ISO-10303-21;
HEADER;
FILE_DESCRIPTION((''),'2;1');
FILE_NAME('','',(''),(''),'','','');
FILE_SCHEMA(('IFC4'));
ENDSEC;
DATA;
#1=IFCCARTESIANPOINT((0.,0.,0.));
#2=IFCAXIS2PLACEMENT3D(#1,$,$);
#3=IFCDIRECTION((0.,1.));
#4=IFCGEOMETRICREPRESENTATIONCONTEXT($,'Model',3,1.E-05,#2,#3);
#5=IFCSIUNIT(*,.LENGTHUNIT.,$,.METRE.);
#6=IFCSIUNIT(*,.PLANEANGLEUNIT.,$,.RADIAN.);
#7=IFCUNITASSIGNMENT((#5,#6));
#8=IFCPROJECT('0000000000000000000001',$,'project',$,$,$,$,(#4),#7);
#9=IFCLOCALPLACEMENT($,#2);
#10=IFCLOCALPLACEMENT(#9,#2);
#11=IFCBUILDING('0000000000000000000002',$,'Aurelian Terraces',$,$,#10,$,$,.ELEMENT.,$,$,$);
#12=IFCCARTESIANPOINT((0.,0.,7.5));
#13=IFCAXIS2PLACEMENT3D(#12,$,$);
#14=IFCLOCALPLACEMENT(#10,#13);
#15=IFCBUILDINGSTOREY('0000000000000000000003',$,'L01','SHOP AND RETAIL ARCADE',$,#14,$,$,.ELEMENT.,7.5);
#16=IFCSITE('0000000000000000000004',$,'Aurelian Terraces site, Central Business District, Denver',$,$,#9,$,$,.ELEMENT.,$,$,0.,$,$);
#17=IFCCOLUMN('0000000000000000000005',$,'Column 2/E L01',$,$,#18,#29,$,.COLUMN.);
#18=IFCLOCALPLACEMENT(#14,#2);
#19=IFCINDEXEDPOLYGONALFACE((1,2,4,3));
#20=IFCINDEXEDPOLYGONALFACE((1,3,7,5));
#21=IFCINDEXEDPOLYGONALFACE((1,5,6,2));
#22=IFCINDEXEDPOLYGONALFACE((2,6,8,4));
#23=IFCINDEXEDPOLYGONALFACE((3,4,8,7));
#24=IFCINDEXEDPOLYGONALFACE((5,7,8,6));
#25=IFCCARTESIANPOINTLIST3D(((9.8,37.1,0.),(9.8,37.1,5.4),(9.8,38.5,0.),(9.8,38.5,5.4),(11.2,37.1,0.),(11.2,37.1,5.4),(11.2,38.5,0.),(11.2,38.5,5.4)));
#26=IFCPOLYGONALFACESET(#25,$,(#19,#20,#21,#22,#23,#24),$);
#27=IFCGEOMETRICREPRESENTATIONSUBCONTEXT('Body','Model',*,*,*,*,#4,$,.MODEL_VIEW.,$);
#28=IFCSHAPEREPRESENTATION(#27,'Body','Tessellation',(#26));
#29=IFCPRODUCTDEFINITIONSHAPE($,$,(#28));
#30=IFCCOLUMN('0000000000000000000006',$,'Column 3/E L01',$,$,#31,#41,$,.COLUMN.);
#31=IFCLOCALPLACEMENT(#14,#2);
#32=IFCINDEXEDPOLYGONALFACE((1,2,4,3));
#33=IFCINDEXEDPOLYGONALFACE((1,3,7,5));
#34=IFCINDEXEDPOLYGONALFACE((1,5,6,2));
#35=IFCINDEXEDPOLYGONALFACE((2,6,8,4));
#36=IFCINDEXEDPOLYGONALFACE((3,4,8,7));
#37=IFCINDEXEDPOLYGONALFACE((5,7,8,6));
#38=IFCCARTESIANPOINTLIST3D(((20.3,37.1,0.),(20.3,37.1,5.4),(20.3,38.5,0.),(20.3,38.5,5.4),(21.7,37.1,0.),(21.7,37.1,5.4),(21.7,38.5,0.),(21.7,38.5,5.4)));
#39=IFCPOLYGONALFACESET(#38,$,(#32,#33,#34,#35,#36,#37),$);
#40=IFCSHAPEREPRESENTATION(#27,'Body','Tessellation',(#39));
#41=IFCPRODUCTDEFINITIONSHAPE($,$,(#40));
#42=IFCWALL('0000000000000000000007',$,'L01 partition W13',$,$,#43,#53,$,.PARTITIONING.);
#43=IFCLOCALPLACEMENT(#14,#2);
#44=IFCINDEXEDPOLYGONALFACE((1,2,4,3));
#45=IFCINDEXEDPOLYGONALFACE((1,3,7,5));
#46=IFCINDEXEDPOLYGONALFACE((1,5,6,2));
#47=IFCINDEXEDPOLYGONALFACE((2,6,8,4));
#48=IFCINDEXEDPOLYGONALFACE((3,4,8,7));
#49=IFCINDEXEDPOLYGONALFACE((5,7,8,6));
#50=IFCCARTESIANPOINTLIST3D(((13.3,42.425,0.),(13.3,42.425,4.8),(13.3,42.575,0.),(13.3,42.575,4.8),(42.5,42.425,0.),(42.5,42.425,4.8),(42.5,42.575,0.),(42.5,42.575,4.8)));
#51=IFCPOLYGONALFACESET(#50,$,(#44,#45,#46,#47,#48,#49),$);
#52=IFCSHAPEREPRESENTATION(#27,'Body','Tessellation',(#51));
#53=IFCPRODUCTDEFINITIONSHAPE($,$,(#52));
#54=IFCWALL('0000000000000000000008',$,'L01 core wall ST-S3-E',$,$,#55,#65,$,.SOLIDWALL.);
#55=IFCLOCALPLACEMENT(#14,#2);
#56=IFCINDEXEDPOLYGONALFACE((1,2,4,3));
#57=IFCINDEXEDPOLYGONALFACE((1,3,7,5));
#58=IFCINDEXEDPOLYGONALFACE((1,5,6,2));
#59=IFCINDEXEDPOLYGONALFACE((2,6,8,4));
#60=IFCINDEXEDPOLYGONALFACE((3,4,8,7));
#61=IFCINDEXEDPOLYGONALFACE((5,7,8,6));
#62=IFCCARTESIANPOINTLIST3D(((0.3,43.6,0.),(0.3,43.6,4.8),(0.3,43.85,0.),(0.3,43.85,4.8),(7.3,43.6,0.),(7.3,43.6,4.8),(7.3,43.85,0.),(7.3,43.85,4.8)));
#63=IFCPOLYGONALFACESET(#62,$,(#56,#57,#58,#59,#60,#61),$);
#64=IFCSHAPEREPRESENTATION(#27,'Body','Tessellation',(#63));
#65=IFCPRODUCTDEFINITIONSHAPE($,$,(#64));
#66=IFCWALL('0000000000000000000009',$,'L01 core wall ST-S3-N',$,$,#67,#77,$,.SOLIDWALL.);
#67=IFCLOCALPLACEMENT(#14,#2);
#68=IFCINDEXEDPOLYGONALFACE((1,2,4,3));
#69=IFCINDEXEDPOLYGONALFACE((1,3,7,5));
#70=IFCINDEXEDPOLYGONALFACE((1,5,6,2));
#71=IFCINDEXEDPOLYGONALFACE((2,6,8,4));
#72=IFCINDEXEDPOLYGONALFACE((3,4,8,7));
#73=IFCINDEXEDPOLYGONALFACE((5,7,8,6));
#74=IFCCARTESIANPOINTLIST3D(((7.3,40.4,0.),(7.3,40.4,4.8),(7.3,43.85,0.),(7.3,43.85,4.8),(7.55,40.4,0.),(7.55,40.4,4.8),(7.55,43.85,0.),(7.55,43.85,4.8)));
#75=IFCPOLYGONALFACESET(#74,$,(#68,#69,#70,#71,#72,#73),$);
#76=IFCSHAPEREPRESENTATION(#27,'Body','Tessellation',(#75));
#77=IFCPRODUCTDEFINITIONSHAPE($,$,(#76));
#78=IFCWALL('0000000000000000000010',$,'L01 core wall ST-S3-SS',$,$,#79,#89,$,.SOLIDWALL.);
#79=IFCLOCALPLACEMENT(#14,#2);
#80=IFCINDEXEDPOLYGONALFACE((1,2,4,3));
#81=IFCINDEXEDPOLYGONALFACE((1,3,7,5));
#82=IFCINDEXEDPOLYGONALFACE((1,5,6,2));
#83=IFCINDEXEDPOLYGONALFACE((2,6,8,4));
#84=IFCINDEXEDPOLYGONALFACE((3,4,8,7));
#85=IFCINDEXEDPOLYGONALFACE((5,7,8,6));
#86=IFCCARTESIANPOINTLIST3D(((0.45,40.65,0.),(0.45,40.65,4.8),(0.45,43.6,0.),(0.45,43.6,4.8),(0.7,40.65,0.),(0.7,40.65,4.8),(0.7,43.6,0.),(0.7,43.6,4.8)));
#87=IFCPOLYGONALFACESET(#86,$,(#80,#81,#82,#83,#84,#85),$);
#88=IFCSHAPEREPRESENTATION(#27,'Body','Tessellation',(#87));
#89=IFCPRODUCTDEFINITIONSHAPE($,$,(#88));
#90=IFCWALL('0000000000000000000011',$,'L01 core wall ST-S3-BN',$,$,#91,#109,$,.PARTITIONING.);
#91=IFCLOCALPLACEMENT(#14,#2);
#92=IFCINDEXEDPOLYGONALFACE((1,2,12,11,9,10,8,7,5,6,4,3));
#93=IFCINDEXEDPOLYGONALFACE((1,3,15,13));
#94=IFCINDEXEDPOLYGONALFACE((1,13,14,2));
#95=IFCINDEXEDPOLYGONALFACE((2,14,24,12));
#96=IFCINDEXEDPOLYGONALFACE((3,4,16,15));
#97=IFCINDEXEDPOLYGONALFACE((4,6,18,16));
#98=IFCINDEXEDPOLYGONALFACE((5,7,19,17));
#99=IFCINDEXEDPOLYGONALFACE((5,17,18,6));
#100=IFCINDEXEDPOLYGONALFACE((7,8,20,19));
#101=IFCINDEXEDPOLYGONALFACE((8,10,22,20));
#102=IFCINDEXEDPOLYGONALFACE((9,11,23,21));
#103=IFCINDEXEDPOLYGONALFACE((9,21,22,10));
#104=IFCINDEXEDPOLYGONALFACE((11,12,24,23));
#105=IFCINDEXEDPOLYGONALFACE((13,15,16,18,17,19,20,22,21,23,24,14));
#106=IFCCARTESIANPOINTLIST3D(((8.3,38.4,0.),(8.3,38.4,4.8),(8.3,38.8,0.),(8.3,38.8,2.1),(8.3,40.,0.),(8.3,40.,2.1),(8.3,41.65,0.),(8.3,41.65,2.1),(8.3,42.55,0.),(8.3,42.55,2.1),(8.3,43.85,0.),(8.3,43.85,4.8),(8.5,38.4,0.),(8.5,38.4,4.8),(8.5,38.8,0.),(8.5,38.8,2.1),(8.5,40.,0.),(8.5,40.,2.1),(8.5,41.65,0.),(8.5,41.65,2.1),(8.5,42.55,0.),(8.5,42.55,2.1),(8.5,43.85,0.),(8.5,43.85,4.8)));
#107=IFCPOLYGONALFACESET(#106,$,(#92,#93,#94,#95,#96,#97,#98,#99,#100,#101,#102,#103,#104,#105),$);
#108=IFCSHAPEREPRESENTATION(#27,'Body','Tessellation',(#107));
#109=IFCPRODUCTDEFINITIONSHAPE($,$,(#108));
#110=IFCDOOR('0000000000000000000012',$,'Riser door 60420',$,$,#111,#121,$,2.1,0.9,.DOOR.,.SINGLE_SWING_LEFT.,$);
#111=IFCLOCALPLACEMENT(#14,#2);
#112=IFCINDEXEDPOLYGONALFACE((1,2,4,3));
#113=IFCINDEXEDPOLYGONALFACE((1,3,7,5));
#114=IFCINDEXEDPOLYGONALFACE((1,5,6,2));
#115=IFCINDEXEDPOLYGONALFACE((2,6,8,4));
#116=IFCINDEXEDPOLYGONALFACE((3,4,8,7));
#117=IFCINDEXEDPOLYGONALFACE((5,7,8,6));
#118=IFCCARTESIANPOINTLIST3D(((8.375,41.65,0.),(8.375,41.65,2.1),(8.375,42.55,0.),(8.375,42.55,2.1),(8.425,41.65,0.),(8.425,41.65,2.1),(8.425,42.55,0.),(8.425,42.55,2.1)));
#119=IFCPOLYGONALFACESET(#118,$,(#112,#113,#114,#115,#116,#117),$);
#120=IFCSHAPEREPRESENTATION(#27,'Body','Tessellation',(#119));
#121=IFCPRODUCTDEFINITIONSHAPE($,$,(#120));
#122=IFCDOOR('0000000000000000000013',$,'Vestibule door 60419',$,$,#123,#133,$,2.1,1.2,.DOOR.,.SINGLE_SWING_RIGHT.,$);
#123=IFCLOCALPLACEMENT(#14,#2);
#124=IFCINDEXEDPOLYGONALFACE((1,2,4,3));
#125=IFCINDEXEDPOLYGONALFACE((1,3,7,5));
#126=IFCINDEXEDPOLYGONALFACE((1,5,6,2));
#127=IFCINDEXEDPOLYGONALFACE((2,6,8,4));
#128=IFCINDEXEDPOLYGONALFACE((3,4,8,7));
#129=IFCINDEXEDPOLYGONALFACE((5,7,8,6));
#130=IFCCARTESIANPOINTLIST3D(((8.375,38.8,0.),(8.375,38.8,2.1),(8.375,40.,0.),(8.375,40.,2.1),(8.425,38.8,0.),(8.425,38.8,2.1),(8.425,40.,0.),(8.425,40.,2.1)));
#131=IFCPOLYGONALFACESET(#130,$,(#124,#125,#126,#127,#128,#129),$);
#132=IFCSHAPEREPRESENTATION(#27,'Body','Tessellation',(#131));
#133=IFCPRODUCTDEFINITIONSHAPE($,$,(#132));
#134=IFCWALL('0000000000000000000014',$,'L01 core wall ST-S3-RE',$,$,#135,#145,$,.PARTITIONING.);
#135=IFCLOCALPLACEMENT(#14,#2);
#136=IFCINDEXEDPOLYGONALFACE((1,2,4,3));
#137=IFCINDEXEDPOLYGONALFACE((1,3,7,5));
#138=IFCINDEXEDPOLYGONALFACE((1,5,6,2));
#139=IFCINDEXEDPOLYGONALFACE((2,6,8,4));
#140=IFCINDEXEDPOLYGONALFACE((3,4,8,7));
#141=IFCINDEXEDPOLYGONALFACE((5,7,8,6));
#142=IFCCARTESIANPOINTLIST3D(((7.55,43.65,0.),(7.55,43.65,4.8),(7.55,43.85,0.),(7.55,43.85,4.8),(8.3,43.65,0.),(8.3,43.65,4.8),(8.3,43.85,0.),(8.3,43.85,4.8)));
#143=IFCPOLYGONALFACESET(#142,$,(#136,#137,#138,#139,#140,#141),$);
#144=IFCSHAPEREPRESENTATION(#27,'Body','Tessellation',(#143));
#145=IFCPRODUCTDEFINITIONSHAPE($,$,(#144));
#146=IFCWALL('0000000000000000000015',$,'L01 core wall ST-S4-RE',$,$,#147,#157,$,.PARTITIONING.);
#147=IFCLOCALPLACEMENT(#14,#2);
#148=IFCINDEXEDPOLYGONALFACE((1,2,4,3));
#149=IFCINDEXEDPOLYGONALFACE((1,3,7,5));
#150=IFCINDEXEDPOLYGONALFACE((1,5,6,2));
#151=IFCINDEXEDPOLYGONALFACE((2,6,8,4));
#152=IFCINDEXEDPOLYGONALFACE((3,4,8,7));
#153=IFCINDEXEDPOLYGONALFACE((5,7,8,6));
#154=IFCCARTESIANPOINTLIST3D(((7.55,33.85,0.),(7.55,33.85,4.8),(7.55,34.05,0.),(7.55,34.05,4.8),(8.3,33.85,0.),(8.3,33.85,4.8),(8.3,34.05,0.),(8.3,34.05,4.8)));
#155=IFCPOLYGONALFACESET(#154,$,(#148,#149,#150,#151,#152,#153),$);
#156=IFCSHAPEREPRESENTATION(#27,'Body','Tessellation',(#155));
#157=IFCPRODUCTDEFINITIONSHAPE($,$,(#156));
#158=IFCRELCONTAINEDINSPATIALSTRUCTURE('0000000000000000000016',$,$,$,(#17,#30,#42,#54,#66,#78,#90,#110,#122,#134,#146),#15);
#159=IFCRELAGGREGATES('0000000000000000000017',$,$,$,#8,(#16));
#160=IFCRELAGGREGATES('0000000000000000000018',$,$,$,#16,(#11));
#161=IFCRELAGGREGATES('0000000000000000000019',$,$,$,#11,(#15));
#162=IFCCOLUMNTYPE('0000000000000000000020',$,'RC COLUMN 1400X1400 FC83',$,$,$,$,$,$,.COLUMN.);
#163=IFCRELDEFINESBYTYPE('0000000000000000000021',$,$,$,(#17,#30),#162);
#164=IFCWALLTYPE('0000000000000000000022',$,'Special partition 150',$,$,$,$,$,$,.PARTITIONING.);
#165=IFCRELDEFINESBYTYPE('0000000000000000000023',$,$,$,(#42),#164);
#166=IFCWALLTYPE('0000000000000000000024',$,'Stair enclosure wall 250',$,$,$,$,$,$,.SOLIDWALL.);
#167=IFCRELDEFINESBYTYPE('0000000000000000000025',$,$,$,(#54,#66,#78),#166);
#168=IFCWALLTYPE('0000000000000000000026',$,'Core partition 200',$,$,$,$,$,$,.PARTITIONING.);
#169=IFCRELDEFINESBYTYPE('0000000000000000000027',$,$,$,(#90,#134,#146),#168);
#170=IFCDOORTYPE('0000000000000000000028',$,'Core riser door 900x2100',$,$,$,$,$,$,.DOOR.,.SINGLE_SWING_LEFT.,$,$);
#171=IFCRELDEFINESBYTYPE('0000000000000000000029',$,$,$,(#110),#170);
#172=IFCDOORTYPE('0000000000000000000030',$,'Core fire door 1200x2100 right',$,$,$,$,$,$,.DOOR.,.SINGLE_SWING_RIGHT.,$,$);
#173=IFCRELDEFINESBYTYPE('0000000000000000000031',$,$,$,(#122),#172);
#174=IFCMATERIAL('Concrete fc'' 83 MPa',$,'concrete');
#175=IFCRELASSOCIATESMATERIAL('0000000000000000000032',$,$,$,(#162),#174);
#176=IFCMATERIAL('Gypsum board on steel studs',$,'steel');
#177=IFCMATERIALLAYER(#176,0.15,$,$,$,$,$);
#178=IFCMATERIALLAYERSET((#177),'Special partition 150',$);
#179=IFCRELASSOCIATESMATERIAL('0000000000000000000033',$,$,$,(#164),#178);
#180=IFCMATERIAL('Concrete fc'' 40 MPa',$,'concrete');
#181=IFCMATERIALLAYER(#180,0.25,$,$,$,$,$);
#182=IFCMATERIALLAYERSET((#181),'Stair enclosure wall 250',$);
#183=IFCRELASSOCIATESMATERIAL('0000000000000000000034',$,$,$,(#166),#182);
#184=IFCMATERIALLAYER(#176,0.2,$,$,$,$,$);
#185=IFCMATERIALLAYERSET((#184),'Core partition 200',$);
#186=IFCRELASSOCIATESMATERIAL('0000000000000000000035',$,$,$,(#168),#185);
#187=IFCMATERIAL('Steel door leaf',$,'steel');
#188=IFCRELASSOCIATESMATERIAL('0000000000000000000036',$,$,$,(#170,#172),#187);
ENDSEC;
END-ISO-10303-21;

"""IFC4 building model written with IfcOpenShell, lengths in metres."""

from ifc_helpers import new_model, si_unit, direction, frame, frame_2d, origin, origin_2d, place, context, subcontext, project, spatial, rectangle, extrude, source, transform, mapped, material, layer, layer_set, material_profile, profile_set, type_object, element, fill, save


model = new_model("IFC4")

# Units and contexts
model_context = context("Model", 3, precision=1e-05, world=origin(), true_north=direction((0.0, 1.0)))
body_context = subcontext(model_context, "Body", "Model", "MODEL_VIEW")
ifc_project = project(units=[si_unit("LENGTHUNIT", "METRE"), si_unit("PLANEANGLEUNIT", "RADIAN")], contexts=[model_context])

# Site, building, storey
site_placement = place(None, origin())
site = spatial("IfcSite", under=ifc_project, at=site_placement, Name="Aurelian Terraces site, Central Business District, Denver", CompositionType="ELEMENT", RefElevation=0.0)
building_placement = place(site_placement, origin())
building = spatial("IfcBuilding", under=site, at=building_placement, Name="Aurelian Terraces", CompositionType="ELEMENT")
storey_placement = place(building_placement, frame((0.0, 0.0, 7.5)))
storey = spatial("IfcBuildingStorey", under=building, at=storey_placement, Name="L01", Description="SHOP AND RETAIL ARCADE", CompositionType="ELEMENT", Elevation=7.5)

# Columns
ifc_material_1 = material(Name="Concrete fc' 83 MPa", Category="concrete")
ifc_material_profile = material_profile(ifc_material_1, rectangle(XDim=1.4, YDim=1.4, at=origin_2d()))
ifc_profile_set = profile_set([ifc_material_profile], Name="Concrete fc' 83 MPa")
column_type = type_object("IfcColumnType", Name="RC COLUMN 1400X1400 FC83", PredefinedType="COLUMN", material=ifc_profile_set)
shared_shape_1 = source(origin(), body_context, "Body", "SweptSolid", [
    extrude(rectangle(XDim=1.4, YDim=1.4, at=origin_2d()), origin(), (0.0, 0.0, 1.0), 5.4),
])
for number, where, z_axis, x_axis, name in (
    (1, (10.5, 37.8, 0.0), (0.0, 0.0, 1.0), (1.0, 0.0, 0.0), "Column 2/E L01"),
    (2, (21.0, 37.8, 0.0), (0.0, 0.0, 1.0), (1.0, 0.0, 0.0), "Column 3/E L01"),
):
    element("IfcColumn", number, at=place(storey_placement, frame(where, z_axis=z_axis, x_axis=x_axis)), inside=storey, type_object=column_type, Name=name, PredefinedType="COLUMN", context=body_context, shape_type="MappedRepresentation", body=[
        mapped(shared_shape_1, transform((0.0, 0.0, 0.0), scale=1.0)),
    ])

# Walls
ifc_material_2 = material(Name="Gypsum board on steel studs", Category="steel")
ifc_layer_1 = layer(ifc_material_2, 0.15)
ifc_layer_set_1 = layer_set([ifc_layer_1], Name="Special partition 150")
wall_type_1 = type_object("IfcWallType", Name="Special partition 150", PredefinedType="PARTITIONING", material=ifc_layer_set_1)
wall_1_placement = place(storey_placement, frame((13.3, 42.5, 0.0), z_axis=(0.0, 0.0, 1.0), x_axis=(1.0, 0.0, 0.0)))
element("IfcWall", 3, at=wall_1_placement, inside=storey, type_object=wall_type_1, Name="L01 partition W13", PredefinedType="PARTITIONING", context=body_context, shape_type="SweptSolid", body=[
    extrude(rectangle(XDim=29.2, YDim=0.15, at=frame_2d((14.6, 0.0))), origin(), (0.0, 0.0, 1.0), 4.8),
])
ifc_material_3 = material(Name="Concrete fc' 40 MPa", Category="concrete")
ifc_layer_2 = layer(ifc_material_3, 0.25)
ifc_layer_set_2 = layer_set([ifc_layer_2], Name="Stair enclosure wall 250")
wall_type_2 = type_object("IfcWallType", Name="Stair enclosure wall 250", PredefinedType="SOLIDWALL", material=ifc_layer_set_2)
shared_shape_2 = source(origin(), body_context, "Body", "SweptSolid", [
    extrude(rectangle(XDim=7.0, YDim=0.25, at=frame_2d((3.5, 0.0))), origin(), (0.0, 0.0, 1.0), 4.8),
])
wall_2_placement = place(storey_placement, frame((0.3, 43.725, 0.0), z_axis=(0.0, 0.0, 1.0), x_axis=(1.0, 0.0, 0.0)))
element("IfcWall", 4, at=wall_2_placement, inside=storey, type_object=wall_type_2, Name="L01 core wall ST-S3-E", PredefinedType="SOLIDWALL", context=body_context, shape_type="MappedRepresentation", body=[
    mapped(shared_shape_2, transform((0.0, 0.0, 0.0), scale=1.0)),
])
shared_shape_3 = source(origin(), body_context, "Body", "SweptSolid", [
    extrude(rectangle(XDim=3.45, YDim=0.25, at=frame_2d((1.725, 0.0))), origin(), (0.0, 0.0, 1.0), 4.8),
])
wall_3_placement = place(storey_placement, frame((7.425, 40.4, 0.0), z_axis=(0.0, 0.0, 1.0), x_axis=(0.0, 1.0, 0.0)))
element("IfcWall", 5, at=wall_3_placement, inside=storey, type_object=wall_type_2, Name="L01 core wall ST-S3-N", PredefinedType="SOLIDWALL", context=body_context, shape_type="MappedRepresentation", body=[
    mapped(shared_shape_3, transform((0.0, 0.0, 0.0), scale=1.0)),
])
shared_shape_4 = source(origin(), body_context, "Body", "SweptSolid", [
    extrude(rectangle(XDim=2.95, YDim=0.25, at=frame_2d((1.475, 0.0))), origin(), (0.0, 0.0, 1.0), 4.8),
])
wall_4_placement = place(storey_placement, frame((0.575, 40.65, 0.0), z_axis=(0.0, 0.0, 1.0), x_axis=(0.0, 1.0, 0.0)))
element("IfcWall", 6, at=wall_4_placement, inside=storey, type_object=wall_type_2, Name="L01 core wall ST-S3-SS", PredefinedType="SOLIDWALL", context=body_context, shape_type="MappedRepresentation", body=[
    mapped(shared_shape_4, transform((0.0, 0.0, 0.0), scale=1.0)),
])

# Wall, openings, doors
ifc_layer_3 = layer(ifc_material_2, 0.2)
ifc_layer_set_3 = layer_set([ifc_layer_3], Name="Core partition 200")
wall_type_3 = type_object("IfcWallType", Name="Core partition 200", PredefinedType="PARTITIONING", material=ifc_layer_set_3)
shared_shape_5 = source(origin(), body_context, "Body", "SweptSolid", [
    extrude(rectangle(XDim=5.45, YDim=0.2, at=frame_2d((2.725, 0.0))), origin(), (0.0, 0.0, 1.0), 4.8),
])
wall_5_placement = place(storey_placement, frame((8.4, 38.4, 0.0), z_axis=(0.0, 0.0, 1.0), x_axis=(0.0, 1.0, 0.0)))
wall_5 = element("IfcWall", 7, at=wall_5_placement, inside=storey, type_object=wall_type_3, Name="L01 core wall ST-S3-BN", PredefinedType="PARTITIONING", context=body_context, shape_type="MappedRepresentation", body=[
    mapped(shared_shape_5, transform((0.0, 0.0, 0.0), scale=1.0)),
])
shared_shape_6 = source(origin(), body_context, "Body", "SweptSolid", [
    extrude(rectangle(XDim=1.2, YDim=2.1, at=frame_2d((0.6, 1.05))), frame((0.0, 0.11, 0.0), z_axis=(0.0, -1.0, 0.0), x_axis=(1.0, 0.0, 0.0)), (0.0, 0.0, 1.0), 0.22),
])
opening_1_placement = place(wall_5_placement, frame((0.4, 0.0, 0.0)))
opening_1 = element("IfcOpeningElement", 8, at=opening_1_placement, cuts=wall_5, PredefinedType="OPENING", context=body_context, shape_type="MappedRepresentation", body=[
    mapped(shared_shape_6, transform((0.0, 0.0, 0.0), scale=1.0)),
])
shared_shape_7 = source(origin(), body_context, "Body", "SweptSolid", [
    extrude(rectangle(XDim=0.9, YDim=2.1, at=frame_2d((0.45, 1.05))), frame((0.0, 0.11, 0.0), z_axis=(0.0, -1.0, 0.0), x_axis=(1.0, 0.0, 0.0)), (0.0, 0.0, 1.0), 0.22),
])
opening_2_placement = place(wall_5_placement, frame((3.25, 0.0, 0.0)))
opening_2 = element("IfcOpeningElement", 9, at=opening_2_placement, cuts=wall_5, PredefinedType="OPENING", context=body_context, shape_type="MappedRepresentation", body=[
    mapped(shared_shape_7, transform((0.0, 0.0, 0.0), scale=1.0)),
])
ifc_material_4 = material(Name="Steel door leaf", Category="steel")
door_type_1 = type_object("IfcDoorType", Name="Core riser door 900x2100", OperationType="SINGLE_SWING_LEFT", PredefinedType="DOOR", material=ifc_material_4)
shared_shape_8 = source(origin(), body_context, "Body", "SweptSolid", [
    extrude(rectangle(XDim=0.9, YDim=2.1, at=frame_2d((0.45, 1.05))), frame((0.0, 0.025, 0.0), z_axis=(0.0, -1.0, 0.0), x_axis=(1.0, 0.0, 0.0)), (0.0, 0.0, 1.0), 0.05),
])
door_1_placement = place(opening_2_placement, origin())
door_1 = element("IfcDoor", 10, at=door_1_placement, inside=storey, type_object=door_type_1, Name="Riser door 60420", OperationType="SINGLE_SWING_LEFT", OverallHeight=2.1, OverallWidth=0.9, PredefinedType="DOOR", context=body_context, shape_type="MappedRepresentation", body=[
    mapped(shared_shape_8, transform((0.0, 0.0, 0.0), scale=1.0)),
])
fill(opening_2, door_1)
door_type_2 = type_object("IfcDoorType", Name="Core fire door 1200x2100 right", OperationType="SINGLE_SWING_RIGHT", PredefinedType="DOOR", material=ifc_material_4)
shared_shape_9 = source(origin(), body_context, "Body", "SweptSolid", [
    extrude(rectangle(XDim=1.2, YDim=2.1, at=frame_2d((0.6, 1.05))), frame((0.0, 0.025, 0.0), z_axis=(0.0, -1.0, 0.0), x_axis=(1.0, 0.0, 0.0)), (0.0, 0.0, 1.0), 0.05),
])
door_2_placement = place(opening_1_placement, origin())
door_2 = element("IfcDoor", 11, at=door_2_placement, inside=storey, type_object=door_type_2, Name="Vestibule door 60419", OperationType="SINGLE_SWING_RIGHT", OverallHeight=2.1, OverallWidth=1.2, PredefinedType="DOOR", context=body_context, shape_type="MappedRepresentation", body=[
    mapped(shared_shape_9, transform((0.0, 0.0, 0.0), scale=1.0)),
])
fill(opening_1, door_2)

# Walls
shared_shape_10 = source(origin(), body_context, "Body", "SweptSolid", [
    extrude(rectangle(XDim=0.75, YDim=0.2, at=frame_2d((0.375, 0.0))), origin(), (0.0, 0.0, 1.0), 4.8),
])
for number, where, z_axis, x_axis, name in (
    (12, (7.55, 43.75, 0.0), (0.0, 0.0, 1.0), (1.0, 0.0, 0.0), "L01 core wall ST-S3-RE"),
    (13, (7.55, 33.95, 0.0), (0.0, 0.0, 1.0), (1.0, 0.0, 0.0), "L01 core wall ST-S4-RE"),
):
    element("IfcWall", number, at=place(storey_placement, frame(where, z_axis=z_axis, x_axis=x_axis)), inside=storey, type_object=wall_type_3, Name=name, PredefinedType="PARTITIONING", context=body_context, shape_type="MappedRepresentation", body=[
        mapped(shared_shape_10, transform((0.0, 0.0, 0.0), scale=1.0)),
    ])

save(model, "model.ifc")
